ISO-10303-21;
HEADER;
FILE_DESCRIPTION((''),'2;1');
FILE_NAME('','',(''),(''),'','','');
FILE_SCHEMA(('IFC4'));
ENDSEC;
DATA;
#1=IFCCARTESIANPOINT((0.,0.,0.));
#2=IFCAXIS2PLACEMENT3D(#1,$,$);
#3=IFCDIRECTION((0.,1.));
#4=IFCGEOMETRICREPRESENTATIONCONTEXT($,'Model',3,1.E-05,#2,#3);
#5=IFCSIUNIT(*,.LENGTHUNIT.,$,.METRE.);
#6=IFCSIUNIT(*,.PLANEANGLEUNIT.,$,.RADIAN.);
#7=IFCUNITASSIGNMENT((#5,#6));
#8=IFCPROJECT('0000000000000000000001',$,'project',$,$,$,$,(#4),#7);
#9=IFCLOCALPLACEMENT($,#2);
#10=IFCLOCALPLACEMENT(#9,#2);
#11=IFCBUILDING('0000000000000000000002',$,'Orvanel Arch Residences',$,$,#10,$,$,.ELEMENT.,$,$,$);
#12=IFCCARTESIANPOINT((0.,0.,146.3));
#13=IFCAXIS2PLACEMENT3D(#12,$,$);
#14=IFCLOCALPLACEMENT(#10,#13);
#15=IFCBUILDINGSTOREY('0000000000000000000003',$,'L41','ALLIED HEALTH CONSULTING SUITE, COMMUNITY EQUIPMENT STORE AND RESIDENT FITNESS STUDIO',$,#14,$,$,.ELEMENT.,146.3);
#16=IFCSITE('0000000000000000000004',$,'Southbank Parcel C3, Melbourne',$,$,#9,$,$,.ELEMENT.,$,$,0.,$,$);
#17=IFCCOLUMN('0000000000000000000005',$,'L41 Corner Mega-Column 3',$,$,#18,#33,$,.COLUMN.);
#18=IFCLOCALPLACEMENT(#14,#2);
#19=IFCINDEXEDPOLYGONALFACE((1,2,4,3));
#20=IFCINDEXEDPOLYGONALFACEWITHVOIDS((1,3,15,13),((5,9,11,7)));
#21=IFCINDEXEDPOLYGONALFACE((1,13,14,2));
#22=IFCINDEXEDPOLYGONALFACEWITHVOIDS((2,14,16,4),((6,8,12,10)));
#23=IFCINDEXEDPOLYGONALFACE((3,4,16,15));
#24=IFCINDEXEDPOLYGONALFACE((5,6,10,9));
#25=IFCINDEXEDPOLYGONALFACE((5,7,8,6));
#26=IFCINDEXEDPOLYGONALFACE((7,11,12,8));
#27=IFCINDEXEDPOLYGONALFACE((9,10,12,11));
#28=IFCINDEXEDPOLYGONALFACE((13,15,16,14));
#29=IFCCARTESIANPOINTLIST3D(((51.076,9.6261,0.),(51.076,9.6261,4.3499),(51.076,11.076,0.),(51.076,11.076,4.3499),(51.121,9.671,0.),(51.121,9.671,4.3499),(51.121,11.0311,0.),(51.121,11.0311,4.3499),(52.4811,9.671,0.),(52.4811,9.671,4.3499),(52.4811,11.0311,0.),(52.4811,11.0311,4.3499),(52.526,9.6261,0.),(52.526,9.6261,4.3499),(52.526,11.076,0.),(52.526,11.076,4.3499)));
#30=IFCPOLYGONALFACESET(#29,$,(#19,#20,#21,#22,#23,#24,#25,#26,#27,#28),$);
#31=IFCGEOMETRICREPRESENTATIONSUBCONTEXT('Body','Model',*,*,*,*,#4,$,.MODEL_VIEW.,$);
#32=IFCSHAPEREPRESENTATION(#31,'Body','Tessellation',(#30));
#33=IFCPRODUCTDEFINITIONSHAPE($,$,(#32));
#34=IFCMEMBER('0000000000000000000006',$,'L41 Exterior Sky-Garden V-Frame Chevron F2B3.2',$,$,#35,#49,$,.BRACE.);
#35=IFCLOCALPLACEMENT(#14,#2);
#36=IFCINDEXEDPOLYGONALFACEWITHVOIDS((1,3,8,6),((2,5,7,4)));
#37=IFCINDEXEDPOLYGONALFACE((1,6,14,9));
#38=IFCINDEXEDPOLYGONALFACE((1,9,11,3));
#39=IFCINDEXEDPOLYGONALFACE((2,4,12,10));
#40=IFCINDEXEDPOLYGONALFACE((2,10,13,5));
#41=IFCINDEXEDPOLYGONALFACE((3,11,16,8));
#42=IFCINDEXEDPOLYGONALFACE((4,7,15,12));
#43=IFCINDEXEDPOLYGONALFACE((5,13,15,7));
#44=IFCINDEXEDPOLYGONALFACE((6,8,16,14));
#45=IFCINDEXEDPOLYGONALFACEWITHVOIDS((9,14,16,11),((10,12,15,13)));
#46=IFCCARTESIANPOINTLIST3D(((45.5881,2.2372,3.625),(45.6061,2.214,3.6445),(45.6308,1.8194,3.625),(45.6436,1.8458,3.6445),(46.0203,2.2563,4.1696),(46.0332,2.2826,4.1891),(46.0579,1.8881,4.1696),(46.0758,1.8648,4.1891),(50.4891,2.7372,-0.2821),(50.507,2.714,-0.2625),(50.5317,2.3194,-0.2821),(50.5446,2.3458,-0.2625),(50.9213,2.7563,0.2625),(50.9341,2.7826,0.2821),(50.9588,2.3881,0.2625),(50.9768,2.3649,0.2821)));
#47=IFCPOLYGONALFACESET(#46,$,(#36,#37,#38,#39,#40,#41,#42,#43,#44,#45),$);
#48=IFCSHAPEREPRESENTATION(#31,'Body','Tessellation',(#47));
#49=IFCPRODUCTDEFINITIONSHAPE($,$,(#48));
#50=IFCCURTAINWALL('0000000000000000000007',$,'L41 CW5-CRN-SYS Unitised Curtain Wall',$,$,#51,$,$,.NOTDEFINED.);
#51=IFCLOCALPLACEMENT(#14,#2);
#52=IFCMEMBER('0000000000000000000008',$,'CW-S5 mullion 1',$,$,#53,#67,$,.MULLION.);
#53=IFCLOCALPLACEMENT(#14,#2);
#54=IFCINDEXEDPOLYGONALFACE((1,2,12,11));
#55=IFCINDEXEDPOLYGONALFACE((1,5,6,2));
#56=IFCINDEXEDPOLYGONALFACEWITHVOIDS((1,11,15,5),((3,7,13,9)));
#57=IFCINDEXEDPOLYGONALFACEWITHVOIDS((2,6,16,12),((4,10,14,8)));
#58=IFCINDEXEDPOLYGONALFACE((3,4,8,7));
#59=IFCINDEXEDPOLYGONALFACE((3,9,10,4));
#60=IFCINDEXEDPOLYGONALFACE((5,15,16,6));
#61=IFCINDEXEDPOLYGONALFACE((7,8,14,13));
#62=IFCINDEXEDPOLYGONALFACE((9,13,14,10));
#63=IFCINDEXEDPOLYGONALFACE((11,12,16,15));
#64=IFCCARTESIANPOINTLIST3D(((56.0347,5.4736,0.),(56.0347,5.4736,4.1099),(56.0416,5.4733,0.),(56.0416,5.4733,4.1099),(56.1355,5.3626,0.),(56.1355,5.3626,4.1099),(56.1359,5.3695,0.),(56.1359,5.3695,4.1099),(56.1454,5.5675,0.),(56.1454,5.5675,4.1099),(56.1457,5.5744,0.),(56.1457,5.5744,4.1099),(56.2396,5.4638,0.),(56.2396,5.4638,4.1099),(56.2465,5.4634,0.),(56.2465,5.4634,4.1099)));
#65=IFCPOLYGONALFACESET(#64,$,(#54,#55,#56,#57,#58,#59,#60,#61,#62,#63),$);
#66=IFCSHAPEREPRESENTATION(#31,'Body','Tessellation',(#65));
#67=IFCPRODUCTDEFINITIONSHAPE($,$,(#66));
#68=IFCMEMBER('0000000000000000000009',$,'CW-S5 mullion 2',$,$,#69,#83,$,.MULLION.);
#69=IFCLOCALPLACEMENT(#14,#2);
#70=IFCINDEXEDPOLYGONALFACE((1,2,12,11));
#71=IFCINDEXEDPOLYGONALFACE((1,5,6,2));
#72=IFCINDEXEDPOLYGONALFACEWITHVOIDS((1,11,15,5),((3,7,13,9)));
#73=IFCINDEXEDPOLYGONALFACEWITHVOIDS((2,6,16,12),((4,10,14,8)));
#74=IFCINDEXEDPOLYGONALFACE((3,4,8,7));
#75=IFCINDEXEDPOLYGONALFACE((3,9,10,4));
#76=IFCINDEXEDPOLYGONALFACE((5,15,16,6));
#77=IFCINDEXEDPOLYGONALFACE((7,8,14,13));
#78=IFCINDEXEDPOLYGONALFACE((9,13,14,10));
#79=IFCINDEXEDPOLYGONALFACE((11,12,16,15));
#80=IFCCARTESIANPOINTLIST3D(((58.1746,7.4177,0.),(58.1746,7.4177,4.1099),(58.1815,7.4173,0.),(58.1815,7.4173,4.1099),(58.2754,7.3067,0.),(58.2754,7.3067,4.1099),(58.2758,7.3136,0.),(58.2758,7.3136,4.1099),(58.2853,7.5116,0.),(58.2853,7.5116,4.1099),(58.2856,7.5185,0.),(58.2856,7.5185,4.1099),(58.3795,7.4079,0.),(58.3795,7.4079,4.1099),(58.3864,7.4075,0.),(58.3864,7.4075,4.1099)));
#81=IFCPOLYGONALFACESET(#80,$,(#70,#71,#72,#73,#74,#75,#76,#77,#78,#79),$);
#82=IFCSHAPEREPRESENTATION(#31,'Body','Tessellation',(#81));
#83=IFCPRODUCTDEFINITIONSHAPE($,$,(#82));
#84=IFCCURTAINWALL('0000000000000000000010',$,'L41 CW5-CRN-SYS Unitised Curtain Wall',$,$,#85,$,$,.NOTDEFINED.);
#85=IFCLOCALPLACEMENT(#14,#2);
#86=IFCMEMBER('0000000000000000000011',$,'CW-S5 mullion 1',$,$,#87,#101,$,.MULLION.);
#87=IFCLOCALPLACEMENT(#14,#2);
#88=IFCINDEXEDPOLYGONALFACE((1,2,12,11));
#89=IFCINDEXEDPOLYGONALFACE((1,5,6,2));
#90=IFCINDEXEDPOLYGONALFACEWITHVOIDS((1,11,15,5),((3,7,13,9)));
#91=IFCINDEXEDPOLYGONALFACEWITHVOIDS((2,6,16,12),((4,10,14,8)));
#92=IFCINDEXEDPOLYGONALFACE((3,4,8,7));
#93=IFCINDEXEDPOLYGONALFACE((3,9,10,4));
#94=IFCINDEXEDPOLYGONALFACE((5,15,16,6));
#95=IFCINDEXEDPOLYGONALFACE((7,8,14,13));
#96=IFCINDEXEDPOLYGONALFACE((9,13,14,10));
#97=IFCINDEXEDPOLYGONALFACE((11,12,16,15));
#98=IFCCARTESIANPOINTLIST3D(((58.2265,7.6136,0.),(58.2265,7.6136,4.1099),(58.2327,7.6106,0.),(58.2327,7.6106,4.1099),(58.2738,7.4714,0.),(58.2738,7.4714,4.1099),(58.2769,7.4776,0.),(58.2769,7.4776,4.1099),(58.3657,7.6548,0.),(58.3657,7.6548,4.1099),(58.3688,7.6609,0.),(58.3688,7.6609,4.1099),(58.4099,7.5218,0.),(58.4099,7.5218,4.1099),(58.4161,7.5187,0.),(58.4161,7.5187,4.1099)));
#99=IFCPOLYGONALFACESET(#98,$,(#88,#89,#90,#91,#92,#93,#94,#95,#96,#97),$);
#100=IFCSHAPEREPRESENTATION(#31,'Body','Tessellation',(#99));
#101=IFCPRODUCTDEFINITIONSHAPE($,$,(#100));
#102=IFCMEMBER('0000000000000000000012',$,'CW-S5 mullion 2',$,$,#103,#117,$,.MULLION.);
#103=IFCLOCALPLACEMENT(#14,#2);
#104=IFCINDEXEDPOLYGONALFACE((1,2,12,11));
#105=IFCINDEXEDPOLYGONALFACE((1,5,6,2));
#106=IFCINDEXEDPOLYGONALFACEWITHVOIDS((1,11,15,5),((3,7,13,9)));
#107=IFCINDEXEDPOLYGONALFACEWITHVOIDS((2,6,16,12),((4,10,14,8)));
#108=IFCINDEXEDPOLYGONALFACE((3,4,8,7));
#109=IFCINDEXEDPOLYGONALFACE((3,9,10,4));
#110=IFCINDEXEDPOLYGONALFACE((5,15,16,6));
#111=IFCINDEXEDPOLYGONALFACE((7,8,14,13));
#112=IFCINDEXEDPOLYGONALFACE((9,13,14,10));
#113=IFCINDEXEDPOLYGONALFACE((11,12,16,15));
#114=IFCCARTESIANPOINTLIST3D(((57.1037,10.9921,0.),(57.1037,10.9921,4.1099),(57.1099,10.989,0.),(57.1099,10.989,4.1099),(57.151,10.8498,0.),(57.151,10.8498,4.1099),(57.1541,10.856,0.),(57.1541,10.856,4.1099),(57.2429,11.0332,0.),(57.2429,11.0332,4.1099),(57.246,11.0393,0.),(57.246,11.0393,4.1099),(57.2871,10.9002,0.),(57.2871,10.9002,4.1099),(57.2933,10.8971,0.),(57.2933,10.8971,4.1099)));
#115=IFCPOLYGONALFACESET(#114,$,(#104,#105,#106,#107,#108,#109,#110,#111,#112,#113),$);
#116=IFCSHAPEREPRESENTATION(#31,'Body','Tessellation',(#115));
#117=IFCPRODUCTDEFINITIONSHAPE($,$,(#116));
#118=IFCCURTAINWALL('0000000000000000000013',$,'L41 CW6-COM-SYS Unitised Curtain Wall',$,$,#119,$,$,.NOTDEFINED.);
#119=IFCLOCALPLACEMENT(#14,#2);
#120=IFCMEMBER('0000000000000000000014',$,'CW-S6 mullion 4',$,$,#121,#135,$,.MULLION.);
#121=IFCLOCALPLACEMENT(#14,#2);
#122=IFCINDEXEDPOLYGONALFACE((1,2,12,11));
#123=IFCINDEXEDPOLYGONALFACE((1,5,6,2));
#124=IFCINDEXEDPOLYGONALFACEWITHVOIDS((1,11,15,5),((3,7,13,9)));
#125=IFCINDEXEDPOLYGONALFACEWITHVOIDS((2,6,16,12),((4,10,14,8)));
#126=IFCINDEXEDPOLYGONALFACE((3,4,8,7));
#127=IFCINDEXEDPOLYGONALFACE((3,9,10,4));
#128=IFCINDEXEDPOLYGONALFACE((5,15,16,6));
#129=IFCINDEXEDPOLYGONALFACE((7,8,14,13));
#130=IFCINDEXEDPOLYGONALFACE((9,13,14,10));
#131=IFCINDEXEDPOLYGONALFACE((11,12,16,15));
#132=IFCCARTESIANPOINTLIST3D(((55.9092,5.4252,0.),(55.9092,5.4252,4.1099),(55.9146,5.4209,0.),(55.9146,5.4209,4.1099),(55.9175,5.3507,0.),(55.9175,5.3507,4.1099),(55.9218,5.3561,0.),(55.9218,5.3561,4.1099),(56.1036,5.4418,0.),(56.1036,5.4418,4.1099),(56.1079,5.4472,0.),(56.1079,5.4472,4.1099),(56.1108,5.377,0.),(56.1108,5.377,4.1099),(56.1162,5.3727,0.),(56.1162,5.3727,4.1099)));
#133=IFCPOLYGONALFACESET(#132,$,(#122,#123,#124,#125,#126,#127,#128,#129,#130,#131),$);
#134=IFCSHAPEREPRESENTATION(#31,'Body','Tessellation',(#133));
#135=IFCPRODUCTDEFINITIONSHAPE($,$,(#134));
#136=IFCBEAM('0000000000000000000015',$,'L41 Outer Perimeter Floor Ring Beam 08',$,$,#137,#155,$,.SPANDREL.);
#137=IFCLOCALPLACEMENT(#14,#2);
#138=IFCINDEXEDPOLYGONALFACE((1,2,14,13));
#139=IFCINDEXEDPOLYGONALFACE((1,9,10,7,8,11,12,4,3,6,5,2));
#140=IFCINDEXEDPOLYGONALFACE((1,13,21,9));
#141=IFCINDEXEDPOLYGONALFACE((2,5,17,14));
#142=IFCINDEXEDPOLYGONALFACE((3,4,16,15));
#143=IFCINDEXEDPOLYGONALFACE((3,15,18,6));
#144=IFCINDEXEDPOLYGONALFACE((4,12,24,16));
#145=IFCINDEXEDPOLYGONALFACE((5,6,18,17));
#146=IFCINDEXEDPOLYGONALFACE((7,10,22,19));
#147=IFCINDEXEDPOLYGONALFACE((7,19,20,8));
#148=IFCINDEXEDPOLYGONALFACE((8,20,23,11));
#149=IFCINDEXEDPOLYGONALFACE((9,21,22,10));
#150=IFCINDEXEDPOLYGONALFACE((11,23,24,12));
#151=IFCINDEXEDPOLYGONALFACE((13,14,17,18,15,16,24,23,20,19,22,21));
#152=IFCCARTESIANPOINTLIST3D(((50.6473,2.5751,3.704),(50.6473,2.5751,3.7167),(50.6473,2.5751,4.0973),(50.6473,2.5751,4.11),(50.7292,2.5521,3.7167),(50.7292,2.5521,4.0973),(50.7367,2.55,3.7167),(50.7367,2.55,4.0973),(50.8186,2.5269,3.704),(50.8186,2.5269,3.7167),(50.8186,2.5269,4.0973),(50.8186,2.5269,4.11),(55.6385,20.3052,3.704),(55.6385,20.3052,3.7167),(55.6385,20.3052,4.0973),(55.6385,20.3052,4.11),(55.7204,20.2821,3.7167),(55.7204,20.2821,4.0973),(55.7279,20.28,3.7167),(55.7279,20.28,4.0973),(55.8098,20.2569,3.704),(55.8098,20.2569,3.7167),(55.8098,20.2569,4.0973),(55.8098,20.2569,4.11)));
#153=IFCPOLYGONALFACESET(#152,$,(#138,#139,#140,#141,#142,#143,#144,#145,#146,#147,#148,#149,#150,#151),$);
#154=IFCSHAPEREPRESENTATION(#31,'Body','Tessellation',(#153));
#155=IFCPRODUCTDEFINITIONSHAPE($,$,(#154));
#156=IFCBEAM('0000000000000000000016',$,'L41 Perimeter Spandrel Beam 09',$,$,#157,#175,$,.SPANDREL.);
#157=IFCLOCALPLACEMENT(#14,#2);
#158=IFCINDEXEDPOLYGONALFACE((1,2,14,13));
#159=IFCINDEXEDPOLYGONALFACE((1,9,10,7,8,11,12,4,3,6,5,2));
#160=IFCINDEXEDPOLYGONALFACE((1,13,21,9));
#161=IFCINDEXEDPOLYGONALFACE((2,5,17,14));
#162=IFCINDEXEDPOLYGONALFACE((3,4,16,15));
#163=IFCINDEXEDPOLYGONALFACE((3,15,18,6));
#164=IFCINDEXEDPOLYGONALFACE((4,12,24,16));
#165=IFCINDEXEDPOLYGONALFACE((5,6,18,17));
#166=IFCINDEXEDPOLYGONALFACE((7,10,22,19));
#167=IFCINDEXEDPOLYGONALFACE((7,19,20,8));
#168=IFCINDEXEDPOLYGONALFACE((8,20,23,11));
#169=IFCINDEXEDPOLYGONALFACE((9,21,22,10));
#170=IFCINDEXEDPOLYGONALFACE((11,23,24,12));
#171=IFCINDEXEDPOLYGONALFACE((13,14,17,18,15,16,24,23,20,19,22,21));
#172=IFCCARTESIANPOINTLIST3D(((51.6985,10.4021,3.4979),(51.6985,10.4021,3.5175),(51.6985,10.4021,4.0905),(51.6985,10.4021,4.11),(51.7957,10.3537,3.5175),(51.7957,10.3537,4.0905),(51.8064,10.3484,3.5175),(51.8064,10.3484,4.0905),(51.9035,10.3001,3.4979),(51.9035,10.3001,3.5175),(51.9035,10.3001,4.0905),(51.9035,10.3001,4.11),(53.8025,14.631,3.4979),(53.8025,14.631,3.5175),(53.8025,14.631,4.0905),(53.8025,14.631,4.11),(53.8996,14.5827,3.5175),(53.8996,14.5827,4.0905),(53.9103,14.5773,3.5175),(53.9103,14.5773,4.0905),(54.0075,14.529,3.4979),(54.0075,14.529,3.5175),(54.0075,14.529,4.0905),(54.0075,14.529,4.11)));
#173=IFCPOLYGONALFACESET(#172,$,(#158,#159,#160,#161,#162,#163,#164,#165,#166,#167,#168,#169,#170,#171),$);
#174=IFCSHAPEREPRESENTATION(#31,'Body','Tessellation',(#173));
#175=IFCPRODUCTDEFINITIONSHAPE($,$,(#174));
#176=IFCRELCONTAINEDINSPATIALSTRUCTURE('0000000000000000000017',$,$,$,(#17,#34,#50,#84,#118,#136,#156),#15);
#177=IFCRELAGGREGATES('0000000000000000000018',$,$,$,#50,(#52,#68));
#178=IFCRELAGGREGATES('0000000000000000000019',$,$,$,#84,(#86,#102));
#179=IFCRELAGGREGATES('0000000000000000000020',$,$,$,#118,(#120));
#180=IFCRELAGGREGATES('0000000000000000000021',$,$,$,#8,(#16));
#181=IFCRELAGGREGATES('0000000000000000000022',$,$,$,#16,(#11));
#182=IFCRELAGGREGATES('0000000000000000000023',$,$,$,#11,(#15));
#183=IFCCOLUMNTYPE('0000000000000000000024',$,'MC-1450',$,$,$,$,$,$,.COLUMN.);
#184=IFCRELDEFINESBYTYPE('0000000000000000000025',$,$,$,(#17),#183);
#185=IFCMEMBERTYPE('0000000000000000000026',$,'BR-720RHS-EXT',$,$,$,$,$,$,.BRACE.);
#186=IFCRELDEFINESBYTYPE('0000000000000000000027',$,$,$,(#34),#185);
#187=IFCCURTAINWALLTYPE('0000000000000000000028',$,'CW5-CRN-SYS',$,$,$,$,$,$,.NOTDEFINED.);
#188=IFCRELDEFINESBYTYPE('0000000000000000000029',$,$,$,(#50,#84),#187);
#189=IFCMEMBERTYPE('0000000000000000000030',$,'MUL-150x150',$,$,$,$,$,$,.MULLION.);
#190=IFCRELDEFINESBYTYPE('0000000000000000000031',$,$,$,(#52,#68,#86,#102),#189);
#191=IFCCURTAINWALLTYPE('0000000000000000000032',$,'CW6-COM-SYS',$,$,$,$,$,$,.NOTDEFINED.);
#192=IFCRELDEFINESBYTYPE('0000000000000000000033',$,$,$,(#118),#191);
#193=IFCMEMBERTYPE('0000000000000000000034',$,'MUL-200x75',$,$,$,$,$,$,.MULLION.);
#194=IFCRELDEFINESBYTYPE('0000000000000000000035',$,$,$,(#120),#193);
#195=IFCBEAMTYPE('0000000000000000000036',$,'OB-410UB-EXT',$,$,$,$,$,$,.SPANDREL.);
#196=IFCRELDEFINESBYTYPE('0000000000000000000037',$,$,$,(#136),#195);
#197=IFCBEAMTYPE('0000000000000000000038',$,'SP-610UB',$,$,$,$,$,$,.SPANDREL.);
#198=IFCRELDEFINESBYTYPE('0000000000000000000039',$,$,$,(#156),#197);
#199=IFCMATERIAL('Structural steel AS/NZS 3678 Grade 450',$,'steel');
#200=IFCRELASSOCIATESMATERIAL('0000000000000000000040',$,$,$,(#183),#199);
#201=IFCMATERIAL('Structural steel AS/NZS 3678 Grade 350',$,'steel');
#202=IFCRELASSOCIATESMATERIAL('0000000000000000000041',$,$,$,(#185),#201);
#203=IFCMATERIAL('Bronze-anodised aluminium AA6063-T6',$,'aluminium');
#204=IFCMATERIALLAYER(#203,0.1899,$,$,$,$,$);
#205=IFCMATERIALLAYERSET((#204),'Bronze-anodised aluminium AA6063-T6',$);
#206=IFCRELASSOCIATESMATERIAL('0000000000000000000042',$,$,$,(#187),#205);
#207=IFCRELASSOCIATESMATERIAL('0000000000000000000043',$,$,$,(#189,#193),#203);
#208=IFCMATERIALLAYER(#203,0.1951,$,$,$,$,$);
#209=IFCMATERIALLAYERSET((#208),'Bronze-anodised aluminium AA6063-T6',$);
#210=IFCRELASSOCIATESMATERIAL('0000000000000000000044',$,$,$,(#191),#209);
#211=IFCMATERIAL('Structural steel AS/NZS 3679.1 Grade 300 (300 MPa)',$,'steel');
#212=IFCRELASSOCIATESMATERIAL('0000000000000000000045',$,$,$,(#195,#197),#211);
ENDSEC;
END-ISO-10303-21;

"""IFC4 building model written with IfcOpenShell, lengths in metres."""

from ifc_helpers import new_model, si_unit, direction, frame, origin, origin_2d, place, context, subcontext, project, spatial, hollow_rectangle, i_section, extrude, material, layer, layer_set, material_profile, profile_set, type_object, element, aggregate, save


model = new_model("IFC4")

# Units and contexts
model_context = context("Model", 3, precision=1e-05, world=origin(), true_north=direction((0.0, 1.0)))
body_context = subcontext(model_context, "Body", "Model", "MODEL_VIEW")
ifc_project = project(units=[si_unit("LENGTHUNIT", "METRE"), si_unit("PLANEANGLEUNIT", "RADIAN")], contexts=[model_context])

# Site, building, storey
site_placement = place(None, origin())
site = spatial("IfcSite", under=ifc_project, at=site_placement, Name="Southbank Parcel C3, Melbourne", CompositionType="ELEMENT", RefElevation=0.0)
building_placement = place(site_placement, origin())
building = spatial("IfcBuilding", under=site, at=building_placement, Name="Orvanel Arch Residences", CompositionType="ELEMENT")
storey_placement = place(building_placement, frame((0.0, 0.0, 146.3)))
storey = spatial("IfcBuildingStorey", under=building, at=storey_placement, Name="L41", Description="ALLIED HEALTH CONSULTING SUITE, COMMUNITY EQUIPMENT STORE AND RESIDENT FITNESS STUDIO", CompositionType="ELEMENT", Elevation=146.3)

# Column
ifc_material_1 = material(Name="Structural steel AS/NZS 3678 Grade 450", Category="steel")
ifc_material_profile_1 = material_profile(ifc_material_1, hollow_rectangle(XDim=1.45, YDim=1.45, WallThickness=0.0449, at=origin_2d()), Name="BOX1450x1450x45")
ifc_profile_set_1 = profile_set([ifc_material_profile_1], Name="Structural steel AS/NZS 3678 Grade 450")
column_type = type_object("IfcColumnType", Name="MC-1450", PredefinedType="COLUMN", material=ifc_profile_set_1)
column_placement = place(storey_placement, frame((51.801, 10.3511, 0.0), z_axis=(0.0, 0.0, 1.0), x_axis=(1.0, 0.0, 0.0)))
element("IfcColumn", 1, at=column_placement, inside=storey, type_object=column_type, Name="L41 Corner Mega-Column 3", PredefinedType="COLUMN", context=body_context, shape_type="SweptSolid", body=[
    extrude(hollow_rectangle(XDim=1.45, YDim=1.45, WallThickness=0.0449, at=origin_2d()), origin(), (0.0, 0.0, 1.0), 4.3499),
])

# Member
ifc_material_2 = material(Name="Structural steel AS/NZS 3678 Grade 350", Category="steel")
ifc_material_profile_2 = material_profile(ifc_material_2, hollow_rectangle(XDim=0.4199, YDim=0.72, WallThickness=0.0249, at=origin_2d()), Name="RHS720x420x25")
ifc_profile_set_2 = profile_set([ifc_material_profile_2], Name="Structural steel AS/NZS 3678 Grade 350")
member_type_1 = type_object("IfcMemberType", Name="BR-720RHS-EXT", PredefinedType="BRACE", material=ifc_profile_set_2)
member_1_placement = place(storey_placement, frame((50.7329, 2.551, 0.0), z_axis=(-0.779459, -0.079522, 0.621385), x_axis=(0.101496, -0.994836, 0.0)))
element("IfcMember", 2, at=member_1_placement, inside=storey, type_object=member_type_1, Name="L41 Exterior Sky-Garden V-Frame Chevron F2B3.2", PredefinedType="BRACE", context=body_context, shape_type="SweptSolid", body=[
    extrude(hollow_rectangle(XDim=0.4199, YDim=0.72, WallThickness=0.0249, at=origin_2d()), origin(), (0.0, 0.0, 1.0), 6.2876),
])

# Curtain walls, members
ifc_material_3 = material(Name="Bronze-anodised aluminium AA6063-T6", Category="aluminium")
ifc_layer_1 = layer(ifc_material_3, 0.1899)
ifc_layer_set_1 = layer_set([ifc_layer_1], Name="Bronze-anodised aluminium AA6063-T6")
curtain_wall_type_1 = type_object("IfcCurtainWallType", Name="CW5-CRN-SYS", PredefinedType="NOTDEFINED", material=ifc_layer_set_1)
curtain_wall_1_placement = place(storey_placement, origin())
curtain_wall_1 = element("IfcCurtainWall", 3, at=curtain_wall_1_placement, inside=storey, type_object=curtain_wall_type_1, Name="L41 CW5-CRN-SYS Unitised Curtain Wall", PredefinedType="NOTDEFINED")
ifc_material_profile_3 = material_profile(ifc_material_3, hollow_rectangle(XDim=0.1499, YDim=0.1499, WallThickness=0.0049, at=origin_2d()), Name="ALU150x150x5")
ifc_profile_set_3 = profile_set([ifc_material_profile_3], Name="Bronze-anodised aluminium AA6063-T6")
member_type_2 = type_object("IfcMemberType", Name="MUL-150x150", PredefinedType="MULLION", material=ifc_profile_set_3)
member_2_placement = place(storey_placement, frame((56.1406, 5.4685, 0.0), z_axis=(0.0, 0.0, 1.0), x_axis=(-0.672427, 0.740163, 0.0)))
member_2 = element("IfcMember", 4, at=member_2_placement, type_object=member_type_2, Name="CW-S5 mullion 1", PredefinedType="MULLION", context=body_context, shape_type="SweptSolid", body=[
    extrude(hollow_rectangle(XDim=0.1499, YDim=0.1499, WallThickness=0.0049, at=origin_2d()), origin(), (0.0, 0.0, 1.0), 4.1099),
])
member_3_placement = place(storey_placement, frame((58.2805, 7.4126, 0.0), z_axis=(0.0, 0.0, 1.0), x_axis=(-0.672427, 0.740163, 0.0)))
member_3 = element("IfcMember", 5, at=member_3_placement, type_object=member_type_2, Name="CW-S5 mullion 2", PredefinedType="MULLION", context=body_context, shape_type="SweptSolid", body=[
    extrude(hollow_rectangle(XDim=0.1499, YDim=0.1499, WallThickness=0.0049, at=origin_2d()), origin(), (0.0, 0.0, 1.0), 4.1099),
])
curtain_wall_2_placement = place(storey_placement, origin())
curtain_wall_2 = element("IfcCurtainWall", 6, at=curtain_wall_2_placement, inside=storey, type_object=curtain_wall_type_1, Name="L41 CW5-CRN-SYS Unitised Curtain Wall", PredefinedType="NOTDEFINED")
member_4_placement = place(storey_placement, frame((58.3213, 7.5662, 0.0), z_axis=(0.0, 0.0, 1.0), x_axis=(-0.948958, -0.315402, 0.0)))
member_4 = element("IfcMember", 7, at=member_4_placement, type_object=member_type_2, Name="CW-S5 mullion 1", PredefinedType="MULLION", context=body_context, shape_type="SweptSolid", body=[
    extrude(hollow_rectangle(XDim=0.1499, YDim=0.1499, WallThickness=0.0049, at=origin_2d()), origin(), (0.0, 0.0, 1.0), 4.1099),
])
member_5_placement = place(storey_placement, frame((57.1985, 10.9446, 0.0), z_axis=(0.0, 0.0, 1.0), x_axis=(-0.948958, -0.315402, 0.0)))
member_5 = element("IfcMember", 8, at=member_5_placement, type_object=member_type_2, Name="CW-S5 mullion 2", PredefinedType="MULLION", context=body_context, shape_type="SweptSolid", body=[
    extrude(hollow_rectangle(XDim=0.1499, YDim=0.1499, WallThickness=0.0049, at=origin_2d()), origin(), (0.0, 0.0, 1.0), 4.1099),
])

# Curtain wall, member
ifc_layer_2 = layer(ifc_material_3, 0.1951)
ifc_layer_set_2 = layer_set([ifc_layer_2], Name="Bronze-anodised aluminium AA6063-T6")
curtain_wall_type_2 = type_object("IfcCurtainWallType", Name="CW6-COM-SYS", PredefinedType="NOTDEFINED", material=ifc_layer_set_2)
curtain_wall_3_placement = place(storey_placement, origin())
curtain_wall_3 = element("IfcCurtainWall", 9, at=curtain_wall_3_placement, inside=storey, type_object=curtain_wall_type_2, Name="L41 CW6-COM-SYS Unitised Curtain Wall", PredefinedType="NOTDEFINED")
ifc_material_profile_4 = material_profile(ifc_material_3, hollow_rectangle(XDim=0.075, YDim=0.2, WallThickness=0.0049, at=origin_2d()), Name="ALU200x75x5")
ifc_profile_set_4 = profile_set([ifc_material_profile_4], Name="Bronze-anodised aluminium AA6063-T6")
member_type_3 = type_object("IfcMemberType", Name="MUL-200x75", PredefinedType="MULLION", material=ifc_profile_set_4)
member_6_placement = place(storey_placement, frame((56.0127, 5.3989, 0.0), z_axis=(0.0, 0.0, 1.0), x_axis=(-0.11009, 0.993922, 0.0)))
member_6 = element("IfcMember", 10, at=member_6_placement, type_object=member_type_3, Name="CW-S6 mullion 4", PredefinedType="MULLION", context=body_context, shape_type="SweptSolid", body=[
    extrude(hollow_rectangle(XDim=0.075, YDim=0.2, WallThickness=0.0049, at=origin_2d()), origin(), (0.0, 0.0, 1.0), 4.1099),
])

# Beams
ifc_material_4 = material(Name="Structural steel AS/NZS 3679.1 Grade 300 (300 MPa)", Category="steel")
ifc_material_profile_5 = material_profile(ifc_material_4, i_section(OverallWidth=0.178, OverallDepth=0.406, WebThickness=0.0078, FlangeThickness=0.0127, at=origin_2d()), Name="410UB59.7")
ifc_profile_set_5 = profile_set([ifc_material_profile_5], Name="Structural steel AS/NZS 3679.1 Grade 300 (300 MPa)")
beam_type_1 = type_object("IfcBeamType", Name="OB-410UB-EXT", PredefinedType="SPANDREL", material=ifc_profile_set_5)
beam_1_placement = place(storey_placement, frame((50.7329, 2.551, 3.907), z_axis=(0.27098, 0.962585, 0.0), x_axis=(-0.962585, 0.27098, 0.0)))
element("IfcBeam", 11, at=beam_1_placement, inside=storey, type_object=beam_type_1, Name="L41 Outer Perimeter Floor Ring Beam 08", PredefinedType="SPANDREL", context=body_context, shape_type="SweptSolid", body=[
    extrude(i_section(OverallWidth=0.178, OverallDepth=0.406, WebThickness=0.0078, FlangeThickness=0.0127, at=origin_2d()), origin(), (0.0, 0.0, 1.0), 18.4192),
])
ifc_material_profile_6 = material_profile(ifc_material_4, i_section(OverallWidth=0.229, OverallDepth=0.6121, WebThickness=0.012, FlangeThickness=0.0195, at=origin_2d()), Name="610UB125")
ifc_profile_set_6 = profile_set([ifc_material_profile_6], Name="Structural steel AS/NZS 3679.1 Grade 300 (300 MPa)")
beam_type_2 = type_object("IfcBeamType", Name="SP-610UB", PredefinedType="SPANDREL", material=ifc_profile_set_6)
beam_2_placement = place(storey_placement, frame((51.801, 10.3511, 3.804), z_axis=(0.445435, 0.895314, 0.0), x_axis=(-0.895314, 0.445435, 0.0)))
element("IfcBeam", 12, at=beam_2_placement, inside=storey, type_object=beam_type_2, Name="L41 Perimeter Spandrel Beam 09", PredefinedType="SPANDREL", context=body_context, shape_type="SweptSolid", body=[
    extrude(i_section(OverallWidth=0.229, OverallDepth=0.6121, WebThickness=0.012, FlangeThickness=0.0195, at=origin_2d()), origin(), (0.0, 0.0, 1.0), 4.7234),
])

aggregate(curtain_wall_1, [member_2, member_3])
aggregate(curtain_wall_2, [member_4, member_5])
aggregate(curtain_wall_3, [member_6])

save(model, "model.ifc")
